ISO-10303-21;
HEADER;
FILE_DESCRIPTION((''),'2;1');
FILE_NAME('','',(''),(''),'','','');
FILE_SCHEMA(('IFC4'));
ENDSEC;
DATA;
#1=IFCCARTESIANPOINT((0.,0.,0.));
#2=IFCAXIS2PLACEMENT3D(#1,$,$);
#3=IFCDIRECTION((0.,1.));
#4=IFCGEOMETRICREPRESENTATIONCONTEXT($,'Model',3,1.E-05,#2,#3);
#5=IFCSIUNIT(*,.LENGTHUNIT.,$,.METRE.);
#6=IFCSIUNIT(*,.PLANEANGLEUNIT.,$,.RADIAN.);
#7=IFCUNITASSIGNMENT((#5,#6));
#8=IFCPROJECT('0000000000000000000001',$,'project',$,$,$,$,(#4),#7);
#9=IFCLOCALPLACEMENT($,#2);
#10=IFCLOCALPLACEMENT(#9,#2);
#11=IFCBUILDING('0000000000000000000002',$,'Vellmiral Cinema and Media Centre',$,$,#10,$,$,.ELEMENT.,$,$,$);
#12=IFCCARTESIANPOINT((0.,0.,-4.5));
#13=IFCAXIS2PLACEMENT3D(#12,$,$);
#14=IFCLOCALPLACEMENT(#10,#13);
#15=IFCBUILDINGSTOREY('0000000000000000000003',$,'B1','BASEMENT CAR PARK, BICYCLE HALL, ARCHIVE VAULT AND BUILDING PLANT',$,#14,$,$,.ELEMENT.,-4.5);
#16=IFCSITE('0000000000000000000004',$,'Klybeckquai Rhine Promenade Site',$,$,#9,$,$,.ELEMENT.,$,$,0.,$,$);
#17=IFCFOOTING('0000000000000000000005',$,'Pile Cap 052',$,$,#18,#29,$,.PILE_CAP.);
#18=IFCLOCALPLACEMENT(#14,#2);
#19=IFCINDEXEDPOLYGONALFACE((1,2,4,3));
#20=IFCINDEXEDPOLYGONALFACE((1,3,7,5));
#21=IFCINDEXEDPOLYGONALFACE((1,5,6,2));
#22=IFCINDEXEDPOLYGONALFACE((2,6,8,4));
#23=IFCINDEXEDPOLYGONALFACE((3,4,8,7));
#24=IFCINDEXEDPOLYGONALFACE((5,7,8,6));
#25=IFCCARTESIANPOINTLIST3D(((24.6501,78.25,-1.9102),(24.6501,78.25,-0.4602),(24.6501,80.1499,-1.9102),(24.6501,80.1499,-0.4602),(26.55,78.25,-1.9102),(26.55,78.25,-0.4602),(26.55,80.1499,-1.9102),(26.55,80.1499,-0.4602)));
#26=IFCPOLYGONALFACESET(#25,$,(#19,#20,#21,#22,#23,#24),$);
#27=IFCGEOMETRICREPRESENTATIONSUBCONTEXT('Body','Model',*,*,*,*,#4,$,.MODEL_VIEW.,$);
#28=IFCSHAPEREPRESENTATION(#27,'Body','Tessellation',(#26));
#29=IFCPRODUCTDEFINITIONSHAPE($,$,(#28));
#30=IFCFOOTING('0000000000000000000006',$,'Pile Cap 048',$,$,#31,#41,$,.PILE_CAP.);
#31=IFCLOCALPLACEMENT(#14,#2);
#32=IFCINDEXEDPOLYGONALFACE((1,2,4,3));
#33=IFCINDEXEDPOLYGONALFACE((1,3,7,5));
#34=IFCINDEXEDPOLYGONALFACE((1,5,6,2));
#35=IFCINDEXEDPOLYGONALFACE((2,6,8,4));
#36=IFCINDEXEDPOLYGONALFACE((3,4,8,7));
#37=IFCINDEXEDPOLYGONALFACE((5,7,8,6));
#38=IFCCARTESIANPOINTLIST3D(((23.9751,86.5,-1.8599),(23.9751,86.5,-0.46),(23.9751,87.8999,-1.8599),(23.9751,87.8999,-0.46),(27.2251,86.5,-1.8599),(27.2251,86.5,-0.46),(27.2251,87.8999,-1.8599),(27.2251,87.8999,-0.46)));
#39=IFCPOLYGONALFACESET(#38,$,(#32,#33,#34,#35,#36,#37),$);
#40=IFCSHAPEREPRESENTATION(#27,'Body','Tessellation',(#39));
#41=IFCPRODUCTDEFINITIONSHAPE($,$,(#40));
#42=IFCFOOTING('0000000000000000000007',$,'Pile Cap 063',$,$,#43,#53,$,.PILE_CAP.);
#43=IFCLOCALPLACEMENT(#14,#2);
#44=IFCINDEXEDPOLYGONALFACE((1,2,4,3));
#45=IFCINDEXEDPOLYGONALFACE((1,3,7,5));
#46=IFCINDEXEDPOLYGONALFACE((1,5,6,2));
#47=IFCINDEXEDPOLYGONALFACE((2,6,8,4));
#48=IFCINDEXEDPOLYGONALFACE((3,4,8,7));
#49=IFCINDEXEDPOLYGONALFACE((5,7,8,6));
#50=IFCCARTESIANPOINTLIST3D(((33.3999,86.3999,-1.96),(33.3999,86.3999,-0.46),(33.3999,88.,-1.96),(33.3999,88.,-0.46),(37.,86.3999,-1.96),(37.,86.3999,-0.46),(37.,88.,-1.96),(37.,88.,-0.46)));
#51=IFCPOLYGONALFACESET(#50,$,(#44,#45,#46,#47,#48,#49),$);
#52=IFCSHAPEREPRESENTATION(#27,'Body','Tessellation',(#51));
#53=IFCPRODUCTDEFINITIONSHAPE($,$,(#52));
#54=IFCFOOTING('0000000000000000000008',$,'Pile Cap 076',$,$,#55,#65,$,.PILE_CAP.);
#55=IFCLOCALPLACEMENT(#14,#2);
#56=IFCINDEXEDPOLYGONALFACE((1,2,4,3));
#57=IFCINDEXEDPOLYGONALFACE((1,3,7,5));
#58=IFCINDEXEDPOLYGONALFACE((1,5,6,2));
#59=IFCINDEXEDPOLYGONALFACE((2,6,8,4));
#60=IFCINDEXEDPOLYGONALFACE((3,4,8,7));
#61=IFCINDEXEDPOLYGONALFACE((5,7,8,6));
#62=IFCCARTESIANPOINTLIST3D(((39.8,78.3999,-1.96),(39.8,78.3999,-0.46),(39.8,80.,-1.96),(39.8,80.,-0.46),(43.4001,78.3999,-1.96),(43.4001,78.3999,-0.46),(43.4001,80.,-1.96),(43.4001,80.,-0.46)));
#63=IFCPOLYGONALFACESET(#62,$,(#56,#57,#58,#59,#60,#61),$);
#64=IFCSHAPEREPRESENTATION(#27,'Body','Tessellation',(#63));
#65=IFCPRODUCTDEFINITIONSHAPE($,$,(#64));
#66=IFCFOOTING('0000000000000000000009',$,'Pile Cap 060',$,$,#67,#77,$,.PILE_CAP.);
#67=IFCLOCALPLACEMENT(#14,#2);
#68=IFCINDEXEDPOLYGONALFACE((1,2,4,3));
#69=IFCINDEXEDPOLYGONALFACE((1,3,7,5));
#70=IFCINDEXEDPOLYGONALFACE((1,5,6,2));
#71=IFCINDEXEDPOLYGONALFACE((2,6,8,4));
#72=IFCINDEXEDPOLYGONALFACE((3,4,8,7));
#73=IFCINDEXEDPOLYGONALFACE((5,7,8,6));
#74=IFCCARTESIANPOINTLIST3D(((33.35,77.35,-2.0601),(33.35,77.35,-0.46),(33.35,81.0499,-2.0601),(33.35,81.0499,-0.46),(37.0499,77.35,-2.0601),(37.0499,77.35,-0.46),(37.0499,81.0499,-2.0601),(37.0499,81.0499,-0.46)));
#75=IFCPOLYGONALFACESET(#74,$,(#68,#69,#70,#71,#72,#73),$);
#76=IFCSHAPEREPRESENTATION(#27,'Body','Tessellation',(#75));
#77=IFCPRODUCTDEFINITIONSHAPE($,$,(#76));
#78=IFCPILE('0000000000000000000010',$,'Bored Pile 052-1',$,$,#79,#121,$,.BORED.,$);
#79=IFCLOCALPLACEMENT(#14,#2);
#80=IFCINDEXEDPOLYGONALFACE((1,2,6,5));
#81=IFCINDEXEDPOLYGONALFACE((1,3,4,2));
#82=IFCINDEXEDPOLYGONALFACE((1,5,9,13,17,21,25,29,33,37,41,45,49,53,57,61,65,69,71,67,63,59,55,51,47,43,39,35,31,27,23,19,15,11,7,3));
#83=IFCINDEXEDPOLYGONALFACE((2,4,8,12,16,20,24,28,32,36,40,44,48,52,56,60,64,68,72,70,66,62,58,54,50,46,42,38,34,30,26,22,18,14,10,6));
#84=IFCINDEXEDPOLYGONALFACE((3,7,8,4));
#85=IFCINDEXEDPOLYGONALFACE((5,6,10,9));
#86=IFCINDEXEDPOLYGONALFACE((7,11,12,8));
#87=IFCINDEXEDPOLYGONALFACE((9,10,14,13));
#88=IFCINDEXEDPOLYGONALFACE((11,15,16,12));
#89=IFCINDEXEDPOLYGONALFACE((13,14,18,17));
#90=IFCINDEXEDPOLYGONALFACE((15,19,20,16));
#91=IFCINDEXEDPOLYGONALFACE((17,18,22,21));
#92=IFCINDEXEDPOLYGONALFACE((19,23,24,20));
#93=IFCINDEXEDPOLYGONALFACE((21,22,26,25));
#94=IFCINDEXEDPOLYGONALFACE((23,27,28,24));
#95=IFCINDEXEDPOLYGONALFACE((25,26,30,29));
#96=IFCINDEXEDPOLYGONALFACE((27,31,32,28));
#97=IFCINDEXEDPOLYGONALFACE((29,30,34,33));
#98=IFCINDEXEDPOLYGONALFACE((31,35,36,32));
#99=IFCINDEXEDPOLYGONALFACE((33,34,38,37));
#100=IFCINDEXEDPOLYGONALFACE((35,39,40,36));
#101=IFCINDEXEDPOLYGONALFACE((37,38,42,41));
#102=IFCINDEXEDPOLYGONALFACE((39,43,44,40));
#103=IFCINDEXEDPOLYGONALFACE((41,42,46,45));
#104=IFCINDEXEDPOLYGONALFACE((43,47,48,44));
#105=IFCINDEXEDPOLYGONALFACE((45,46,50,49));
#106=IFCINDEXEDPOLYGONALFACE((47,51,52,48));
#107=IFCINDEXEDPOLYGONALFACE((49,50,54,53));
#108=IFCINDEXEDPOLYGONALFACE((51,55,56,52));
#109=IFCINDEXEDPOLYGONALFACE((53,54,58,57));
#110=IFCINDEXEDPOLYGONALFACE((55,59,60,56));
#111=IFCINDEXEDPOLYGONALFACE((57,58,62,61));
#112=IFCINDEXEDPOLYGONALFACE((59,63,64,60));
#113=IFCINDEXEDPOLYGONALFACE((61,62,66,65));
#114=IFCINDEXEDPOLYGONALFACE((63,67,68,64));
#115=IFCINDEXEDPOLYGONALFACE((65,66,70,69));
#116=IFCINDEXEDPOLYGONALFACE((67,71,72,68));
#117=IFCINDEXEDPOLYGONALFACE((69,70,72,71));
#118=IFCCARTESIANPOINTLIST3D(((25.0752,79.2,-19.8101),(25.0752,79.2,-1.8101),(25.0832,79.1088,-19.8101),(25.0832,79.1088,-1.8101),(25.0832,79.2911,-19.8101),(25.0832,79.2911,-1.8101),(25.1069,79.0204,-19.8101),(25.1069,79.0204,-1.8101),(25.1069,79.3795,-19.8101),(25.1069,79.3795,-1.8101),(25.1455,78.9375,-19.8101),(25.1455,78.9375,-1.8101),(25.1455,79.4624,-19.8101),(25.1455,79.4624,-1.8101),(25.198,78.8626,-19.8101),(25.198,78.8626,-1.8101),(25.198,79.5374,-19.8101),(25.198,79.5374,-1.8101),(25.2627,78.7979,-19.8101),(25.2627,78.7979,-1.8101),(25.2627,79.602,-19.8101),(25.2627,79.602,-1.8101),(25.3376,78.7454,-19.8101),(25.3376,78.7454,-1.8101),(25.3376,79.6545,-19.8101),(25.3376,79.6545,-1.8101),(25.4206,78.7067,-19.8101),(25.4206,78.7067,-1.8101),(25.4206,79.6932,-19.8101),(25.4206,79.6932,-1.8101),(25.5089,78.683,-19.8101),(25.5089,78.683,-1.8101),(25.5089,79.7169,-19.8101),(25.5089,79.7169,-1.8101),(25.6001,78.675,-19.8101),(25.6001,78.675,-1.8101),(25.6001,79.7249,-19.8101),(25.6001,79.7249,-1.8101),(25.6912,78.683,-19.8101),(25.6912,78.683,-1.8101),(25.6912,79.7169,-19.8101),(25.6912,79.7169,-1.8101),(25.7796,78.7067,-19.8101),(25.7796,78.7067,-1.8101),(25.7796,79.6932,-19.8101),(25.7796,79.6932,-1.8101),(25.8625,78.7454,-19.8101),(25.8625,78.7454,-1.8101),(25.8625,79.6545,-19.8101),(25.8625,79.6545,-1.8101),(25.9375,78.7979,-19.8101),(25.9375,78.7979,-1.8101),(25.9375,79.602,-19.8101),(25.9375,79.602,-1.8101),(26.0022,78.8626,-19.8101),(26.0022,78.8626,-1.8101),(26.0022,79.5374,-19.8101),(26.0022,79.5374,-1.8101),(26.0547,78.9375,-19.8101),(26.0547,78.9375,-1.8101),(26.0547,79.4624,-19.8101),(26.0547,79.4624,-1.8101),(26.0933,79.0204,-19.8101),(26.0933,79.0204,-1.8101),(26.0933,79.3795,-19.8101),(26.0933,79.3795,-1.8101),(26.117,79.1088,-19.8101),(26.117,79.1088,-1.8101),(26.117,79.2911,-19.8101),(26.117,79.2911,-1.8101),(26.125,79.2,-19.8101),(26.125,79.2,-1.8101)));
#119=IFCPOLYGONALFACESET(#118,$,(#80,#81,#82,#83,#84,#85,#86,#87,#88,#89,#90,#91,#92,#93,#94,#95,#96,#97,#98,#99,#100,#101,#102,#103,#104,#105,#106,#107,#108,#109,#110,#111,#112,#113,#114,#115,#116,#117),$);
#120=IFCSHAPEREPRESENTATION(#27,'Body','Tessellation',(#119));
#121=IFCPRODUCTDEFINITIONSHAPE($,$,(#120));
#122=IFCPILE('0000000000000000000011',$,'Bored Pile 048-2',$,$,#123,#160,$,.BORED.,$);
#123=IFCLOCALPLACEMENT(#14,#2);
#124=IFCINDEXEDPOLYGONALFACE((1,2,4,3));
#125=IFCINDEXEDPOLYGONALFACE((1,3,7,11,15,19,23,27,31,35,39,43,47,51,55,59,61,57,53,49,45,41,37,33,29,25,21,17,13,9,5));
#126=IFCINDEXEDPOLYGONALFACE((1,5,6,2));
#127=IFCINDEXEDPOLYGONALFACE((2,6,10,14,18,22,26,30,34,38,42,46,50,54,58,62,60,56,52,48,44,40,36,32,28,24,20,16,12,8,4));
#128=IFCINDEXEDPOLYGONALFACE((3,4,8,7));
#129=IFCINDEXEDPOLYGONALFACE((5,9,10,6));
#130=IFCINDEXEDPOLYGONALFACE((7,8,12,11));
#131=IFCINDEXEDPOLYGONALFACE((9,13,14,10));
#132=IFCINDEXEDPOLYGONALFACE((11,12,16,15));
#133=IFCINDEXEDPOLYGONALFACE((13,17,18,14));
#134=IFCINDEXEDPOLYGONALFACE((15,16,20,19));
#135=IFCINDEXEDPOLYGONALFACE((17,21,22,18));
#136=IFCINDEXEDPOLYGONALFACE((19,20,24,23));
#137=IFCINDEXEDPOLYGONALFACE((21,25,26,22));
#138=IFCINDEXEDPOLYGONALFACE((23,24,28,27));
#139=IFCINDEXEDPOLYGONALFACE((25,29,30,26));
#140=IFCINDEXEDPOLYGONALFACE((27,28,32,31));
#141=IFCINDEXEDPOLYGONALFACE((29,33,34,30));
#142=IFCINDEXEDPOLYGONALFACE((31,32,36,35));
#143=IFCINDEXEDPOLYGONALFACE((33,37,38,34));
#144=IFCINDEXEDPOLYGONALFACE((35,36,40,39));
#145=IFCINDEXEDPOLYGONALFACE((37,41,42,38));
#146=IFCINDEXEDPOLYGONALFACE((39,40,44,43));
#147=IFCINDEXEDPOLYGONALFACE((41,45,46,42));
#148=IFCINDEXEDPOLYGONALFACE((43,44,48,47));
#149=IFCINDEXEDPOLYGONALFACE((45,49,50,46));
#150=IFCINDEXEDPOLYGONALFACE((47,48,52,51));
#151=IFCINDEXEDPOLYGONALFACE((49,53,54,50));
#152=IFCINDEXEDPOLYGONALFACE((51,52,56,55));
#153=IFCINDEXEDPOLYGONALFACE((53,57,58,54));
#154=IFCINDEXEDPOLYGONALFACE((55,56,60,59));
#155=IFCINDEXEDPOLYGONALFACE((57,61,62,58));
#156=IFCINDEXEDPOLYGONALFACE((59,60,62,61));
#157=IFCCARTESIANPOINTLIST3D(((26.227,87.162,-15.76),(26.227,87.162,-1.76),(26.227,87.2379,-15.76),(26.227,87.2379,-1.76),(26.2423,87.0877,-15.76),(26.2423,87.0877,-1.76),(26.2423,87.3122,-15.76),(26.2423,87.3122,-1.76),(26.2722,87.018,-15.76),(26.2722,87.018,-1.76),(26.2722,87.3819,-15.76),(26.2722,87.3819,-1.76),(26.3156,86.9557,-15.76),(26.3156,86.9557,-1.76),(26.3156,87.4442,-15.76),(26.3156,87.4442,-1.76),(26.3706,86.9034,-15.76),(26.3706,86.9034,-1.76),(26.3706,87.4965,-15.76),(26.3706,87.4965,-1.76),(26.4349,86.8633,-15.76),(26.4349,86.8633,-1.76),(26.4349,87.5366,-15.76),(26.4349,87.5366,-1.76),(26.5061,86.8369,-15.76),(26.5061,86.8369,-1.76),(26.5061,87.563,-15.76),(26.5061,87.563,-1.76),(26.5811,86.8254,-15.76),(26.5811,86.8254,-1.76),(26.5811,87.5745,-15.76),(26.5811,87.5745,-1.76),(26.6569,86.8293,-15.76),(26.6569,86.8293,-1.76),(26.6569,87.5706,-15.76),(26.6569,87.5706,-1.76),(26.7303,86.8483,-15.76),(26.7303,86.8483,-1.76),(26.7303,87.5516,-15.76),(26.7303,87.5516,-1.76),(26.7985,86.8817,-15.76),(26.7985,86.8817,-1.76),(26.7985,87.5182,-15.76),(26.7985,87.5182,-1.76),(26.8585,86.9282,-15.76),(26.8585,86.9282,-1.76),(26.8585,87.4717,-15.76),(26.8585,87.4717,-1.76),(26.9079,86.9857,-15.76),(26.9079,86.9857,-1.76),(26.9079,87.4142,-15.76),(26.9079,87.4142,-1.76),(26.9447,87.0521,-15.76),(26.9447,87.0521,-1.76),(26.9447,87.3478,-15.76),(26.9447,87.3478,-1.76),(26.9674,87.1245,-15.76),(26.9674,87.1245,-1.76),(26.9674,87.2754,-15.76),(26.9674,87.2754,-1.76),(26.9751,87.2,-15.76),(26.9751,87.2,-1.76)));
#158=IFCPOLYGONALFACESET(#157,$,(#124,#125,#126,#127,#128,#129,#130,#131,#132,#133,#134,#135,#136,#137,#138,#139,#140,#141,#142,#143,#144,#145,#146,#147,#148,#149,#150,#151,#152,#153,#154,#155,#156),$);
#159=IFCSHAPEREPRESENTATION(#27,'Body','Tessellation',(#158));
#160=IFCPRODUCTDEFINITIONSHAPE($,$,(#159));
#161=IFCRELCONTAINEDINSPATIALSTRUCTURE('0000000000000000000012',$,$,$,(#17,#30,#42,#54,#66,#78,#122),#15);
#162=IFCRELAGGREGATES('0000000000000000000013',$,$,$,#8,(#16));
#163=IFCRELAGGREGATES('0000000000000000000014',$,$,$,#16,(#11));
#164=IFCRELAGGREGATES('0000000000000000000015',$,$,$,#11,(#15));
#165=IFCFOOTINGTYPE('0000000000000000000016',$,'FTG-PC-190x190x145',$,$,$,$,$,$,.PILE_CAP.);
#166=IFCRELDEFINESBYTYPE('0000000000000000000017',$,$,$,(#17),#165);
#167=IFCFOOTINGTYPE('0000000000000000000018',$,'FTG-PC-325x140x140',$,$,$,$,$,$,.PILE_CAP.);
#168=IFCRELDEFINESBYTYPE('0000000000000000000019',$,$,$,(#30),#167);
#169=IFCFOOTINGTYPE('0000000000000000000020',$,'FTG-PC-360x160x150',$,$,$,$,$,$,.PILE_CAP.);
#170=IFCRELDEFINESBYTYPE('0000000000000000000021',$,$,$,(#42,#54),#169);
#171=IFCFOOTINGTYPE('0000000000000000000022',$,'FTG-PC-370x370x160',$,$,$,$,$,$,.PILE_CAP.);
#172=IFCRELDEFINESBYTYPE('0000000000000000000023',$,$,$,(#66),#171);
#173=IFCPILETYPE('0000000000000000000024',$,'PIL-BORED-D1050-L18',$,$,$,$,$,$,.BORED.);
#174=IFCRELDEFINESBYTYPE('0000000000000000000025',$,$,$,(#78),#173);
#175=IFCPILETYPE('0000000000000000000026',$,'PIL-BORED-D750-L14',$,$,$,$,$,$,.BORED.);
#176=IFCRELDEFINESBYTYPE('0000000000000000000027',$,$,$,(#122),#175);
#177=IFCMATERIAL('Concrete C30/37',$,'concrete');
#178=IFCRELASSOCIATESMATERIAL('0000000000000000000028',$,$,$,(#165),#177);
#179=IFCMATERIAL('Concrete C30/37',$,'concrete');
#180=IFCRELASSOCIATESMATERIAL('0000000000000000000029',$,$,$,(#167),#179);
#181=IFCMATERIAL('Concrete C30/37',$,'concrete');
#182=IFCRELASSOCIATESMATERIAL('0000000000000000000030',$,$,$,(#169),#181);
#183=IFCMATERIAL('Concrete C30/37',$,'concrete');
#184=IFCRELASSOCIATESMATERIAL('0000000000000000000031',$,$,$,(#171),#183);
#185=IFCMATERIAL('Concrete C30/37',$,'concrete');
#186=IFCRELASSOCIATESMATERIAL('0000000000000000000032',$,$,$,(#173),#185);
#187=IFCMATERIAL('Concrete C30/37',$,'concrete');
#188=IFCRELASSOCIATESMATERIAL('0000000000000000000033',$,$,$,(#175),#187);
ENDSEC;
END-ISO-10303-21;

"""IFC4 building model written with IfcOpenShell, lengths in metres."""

from ifc_helpers import new_model, si_unit, direction, frame, origin, origin_2d, place, context, subcontext, project, spatial, rectangle, circle, extrude, material, material_profile, profile_set, type_object, element, save


model = new_model("IFC4")

# Units and contexts
model_context = context("Model", 3, precision=1e-05, world=origin(), true_north=direction((0.0, 1.0)))
body_context = subcontext(model_context, "Body", "Model", "MODEL_VIEW")
ifc_project = project(units=[si_unit("LENGTHUNIT", "METRE"), si_unit("PLANEANGLEUNIT", "RADIAN")], contexts=[model_context])

# Site, building, storey
site_placement = place(None, origin())
site = spatial("IfcSite", under=ifc_project, at=site_placement, Name="Klybeckquai Rhine Promenade Site", CompositionType="ELEMENT", RefElevation=0.0)
building_placement = place(site_placement, origin())
building = spatial("IfcBuilding", under=site, at=building_placement, Name="Vellmiral Cinema and Media Centre", CompositionType="ELEMENT")
storey_placement = place(building_placement, frame((0.0, 0.0, -4.5)))
storey = spatial("IfcBuildingStorey", under=building, at=storey_placement, Name="B1", Description="BASEMENT CAR PARK, BICYCLE HALL, ARCHIVE VAULT AND BUILDING PLANT", CompositionType="ELEMENT", Elevation=-4.5)

# Footings
ifc_material_1 = material(Name="Concrete C30/37", Category="concrete")
footing_type_1 = type_object("IfcFootingType", Name="FTG-PC-190x190x145", PredefinedType="PILE_CAP", material=ifc_material_1)
footing_1_placement = place(storey_placement, frame((25.6001, 79.2, -1.9102), z_axis=(0.0, 0.0, 1.0), x_axis=(1.0, 0.0, 0.0)))
element("IfcFooting", 1, at=footing_1_placement, inside=storey, type_object=footing_type_1, Name="Pile Cap 052", PredefinedType="PILE_CAP", context=body_context, shape_type="SweptSolid", body=[
    extrude(rectangle(XDim=1.8999, YDim=1.8999, at=origin_2d()), origin(), (0.0, 0.0, 1.0), 1.45),
])
ifc_material_2 = material(Name="Concrete C30/37", Category="concrete")
footing_type_2 = type_object("IfcFootingType", Name="FTG-PC-325x140x140", PredefinedType="PILE_CAP", material=ifc_material_2)
footing_2_placement = place(storey_placement, frame((25.6001, 87.2, -1.8599), z_axis=(0.0, 0.0, 1.0), x_axis=(1.0, 0.0, 0.0)))
element("IfcFooting", 2, at=footing_2_placement, inside=storey, type_object=footing_type_2, Name="Pile Cap 048", PredefinedType="PILE_CAP", context=body_context, shape_type="SweptSolid", body=[
    extrude(rectangle(XDim=3.25, YDim=1.3999, at=origin_2d()), origin(), (0.0, 0.0, 1.0), 1.3999),
])
ifc_material_3 = material(Name="Concrete C30/37", Category="concrete")
footing_type_3 = type_object("IfcFootingType", Name="FTG-PC-360x160x150", PredefinedType="PILE_CAP", material=ifc_material_3)
for number, where, z_axis, x_axis, name in (
    (3, (35.2, 87.2, -1.96), (0.0, 0.0, 1.0), (1.0, 0.0, 0.0), "Pile Cap 063"),
    (4, (41.6001, 79.2, -1.96), (0.0, 0.0, 1.0), (1.0, 0.0, 0.0), "Pile Cap 076"),
):
    element("IfcFooting", number, at=place(storey_placement, frame(where, z_axis=z_axis, x_axis=x_axis)), inside=storey, type_object=footing_type_3, Name=name, PredefinedType="PILE_CAP", context=body_context, shape_type="SweptSolid", body=[
        extrude(rectangle(XDim=3.6001, YDim=1.6001, at=origin_2d()), origin(), (0.0, 0.0, 1.0), 1.5),
    ])
ifc_material_4 = material(Name="Concrete C30/37", Category="concrete")
footing_type_4 = type_object("IfcFootingType", Name="FTG-PC-370x370x160", PredefinedType="PILE_CAP", material=ifc_material_4)
footing_3_placement = place(storey_placement, frame((35.2, 79.2, -2.0601), z_axis=(0.0, 0.0, 1.0), x_axis=(1.0, 0.0, 0.0)))
element("IfcFooting", 5, at=footing_3_placement, inside=storey, type_object=footing_type_4, Name="Pile Cap 060", PredefinedType="PILE_CAP", context=body_context, shape_type="SweptSolid", body=[
    extrude(rectangle(XDim=3.7, YDim=3.7, at=origin_2d()), origin(), (0.0, 0.0, 1.0), 1.6001),
])

# Piles
ifc_material_5 = material(Name="Concrete C30/37", Category="concrete")
ifc_material_profile_1 = material_profile(ifc_material_5, circle(Radius=0.5249, at=origin_2d()), Name="PILE D1050")
ifc_profile_set_1 = profile_set([ifc_material_profile_1], Name="Concrete C30/37")
pile_type_1 = type_object("IfcPileType", Name="PIL-BORED-D1050-L18", PredefinedType="BORED", material=ifc_profile_set_1)
pile_1_placement = place(storey_placement, frame((25.6001, 79.2, -1.8101), z_axis=(0.0, 0.0, -1.0), x_axis=(1.0, 0.0, 0.0)))
element("IfcPile", 6, at=pile_1_placement, inside=storey, type_object=pile_type_1, Name="Bored Pile 052-1", PredefinedType="BORED", context=body_context, shape_type="SweptSolid", body=[
    extrude(circle(Radius=0.5249, at=origin_2d()), origin(), (0.0, 0.0, 1.0), 18.0),
])
ifc_material_6 = material(Name="Concrete C30/37", Category="concrete")
ifc_material_profile_2 = material_profile(ifc_material_6, circle(Radius=0.375, at=origin_2d()), Name="PILE D750")
ifc_profile_set_2 = profile_set([ifc_material_profile_2], Name="Concrete C30/37")
pile_type_2 = type_object("IfcPileType", Name="PIL-BORED-D750-L14", PredefinedType="BORED", material=ifc_profile_set_2)
pile_2_placement = place(storey_placement, frame((26.6001, 87.2, -1.76), z_axis=(0.0, 0.0, -1.0), x_axis=(1.0, 0.0, 0.0)))
element("IfcPile", 7, at=pile_2_placement, inside=storey, type_object=pile_type_2, Name="Bored Pile 048-2", PredefinedType="BORED", context=body_context, shape_type="SweptSolid", body=[
    extrude(circle(Radius=0.375, at=origin_2d()), origin(), (0.0, 0.0, 1.0), 14.0),
])

save(model, "model.ifc")
